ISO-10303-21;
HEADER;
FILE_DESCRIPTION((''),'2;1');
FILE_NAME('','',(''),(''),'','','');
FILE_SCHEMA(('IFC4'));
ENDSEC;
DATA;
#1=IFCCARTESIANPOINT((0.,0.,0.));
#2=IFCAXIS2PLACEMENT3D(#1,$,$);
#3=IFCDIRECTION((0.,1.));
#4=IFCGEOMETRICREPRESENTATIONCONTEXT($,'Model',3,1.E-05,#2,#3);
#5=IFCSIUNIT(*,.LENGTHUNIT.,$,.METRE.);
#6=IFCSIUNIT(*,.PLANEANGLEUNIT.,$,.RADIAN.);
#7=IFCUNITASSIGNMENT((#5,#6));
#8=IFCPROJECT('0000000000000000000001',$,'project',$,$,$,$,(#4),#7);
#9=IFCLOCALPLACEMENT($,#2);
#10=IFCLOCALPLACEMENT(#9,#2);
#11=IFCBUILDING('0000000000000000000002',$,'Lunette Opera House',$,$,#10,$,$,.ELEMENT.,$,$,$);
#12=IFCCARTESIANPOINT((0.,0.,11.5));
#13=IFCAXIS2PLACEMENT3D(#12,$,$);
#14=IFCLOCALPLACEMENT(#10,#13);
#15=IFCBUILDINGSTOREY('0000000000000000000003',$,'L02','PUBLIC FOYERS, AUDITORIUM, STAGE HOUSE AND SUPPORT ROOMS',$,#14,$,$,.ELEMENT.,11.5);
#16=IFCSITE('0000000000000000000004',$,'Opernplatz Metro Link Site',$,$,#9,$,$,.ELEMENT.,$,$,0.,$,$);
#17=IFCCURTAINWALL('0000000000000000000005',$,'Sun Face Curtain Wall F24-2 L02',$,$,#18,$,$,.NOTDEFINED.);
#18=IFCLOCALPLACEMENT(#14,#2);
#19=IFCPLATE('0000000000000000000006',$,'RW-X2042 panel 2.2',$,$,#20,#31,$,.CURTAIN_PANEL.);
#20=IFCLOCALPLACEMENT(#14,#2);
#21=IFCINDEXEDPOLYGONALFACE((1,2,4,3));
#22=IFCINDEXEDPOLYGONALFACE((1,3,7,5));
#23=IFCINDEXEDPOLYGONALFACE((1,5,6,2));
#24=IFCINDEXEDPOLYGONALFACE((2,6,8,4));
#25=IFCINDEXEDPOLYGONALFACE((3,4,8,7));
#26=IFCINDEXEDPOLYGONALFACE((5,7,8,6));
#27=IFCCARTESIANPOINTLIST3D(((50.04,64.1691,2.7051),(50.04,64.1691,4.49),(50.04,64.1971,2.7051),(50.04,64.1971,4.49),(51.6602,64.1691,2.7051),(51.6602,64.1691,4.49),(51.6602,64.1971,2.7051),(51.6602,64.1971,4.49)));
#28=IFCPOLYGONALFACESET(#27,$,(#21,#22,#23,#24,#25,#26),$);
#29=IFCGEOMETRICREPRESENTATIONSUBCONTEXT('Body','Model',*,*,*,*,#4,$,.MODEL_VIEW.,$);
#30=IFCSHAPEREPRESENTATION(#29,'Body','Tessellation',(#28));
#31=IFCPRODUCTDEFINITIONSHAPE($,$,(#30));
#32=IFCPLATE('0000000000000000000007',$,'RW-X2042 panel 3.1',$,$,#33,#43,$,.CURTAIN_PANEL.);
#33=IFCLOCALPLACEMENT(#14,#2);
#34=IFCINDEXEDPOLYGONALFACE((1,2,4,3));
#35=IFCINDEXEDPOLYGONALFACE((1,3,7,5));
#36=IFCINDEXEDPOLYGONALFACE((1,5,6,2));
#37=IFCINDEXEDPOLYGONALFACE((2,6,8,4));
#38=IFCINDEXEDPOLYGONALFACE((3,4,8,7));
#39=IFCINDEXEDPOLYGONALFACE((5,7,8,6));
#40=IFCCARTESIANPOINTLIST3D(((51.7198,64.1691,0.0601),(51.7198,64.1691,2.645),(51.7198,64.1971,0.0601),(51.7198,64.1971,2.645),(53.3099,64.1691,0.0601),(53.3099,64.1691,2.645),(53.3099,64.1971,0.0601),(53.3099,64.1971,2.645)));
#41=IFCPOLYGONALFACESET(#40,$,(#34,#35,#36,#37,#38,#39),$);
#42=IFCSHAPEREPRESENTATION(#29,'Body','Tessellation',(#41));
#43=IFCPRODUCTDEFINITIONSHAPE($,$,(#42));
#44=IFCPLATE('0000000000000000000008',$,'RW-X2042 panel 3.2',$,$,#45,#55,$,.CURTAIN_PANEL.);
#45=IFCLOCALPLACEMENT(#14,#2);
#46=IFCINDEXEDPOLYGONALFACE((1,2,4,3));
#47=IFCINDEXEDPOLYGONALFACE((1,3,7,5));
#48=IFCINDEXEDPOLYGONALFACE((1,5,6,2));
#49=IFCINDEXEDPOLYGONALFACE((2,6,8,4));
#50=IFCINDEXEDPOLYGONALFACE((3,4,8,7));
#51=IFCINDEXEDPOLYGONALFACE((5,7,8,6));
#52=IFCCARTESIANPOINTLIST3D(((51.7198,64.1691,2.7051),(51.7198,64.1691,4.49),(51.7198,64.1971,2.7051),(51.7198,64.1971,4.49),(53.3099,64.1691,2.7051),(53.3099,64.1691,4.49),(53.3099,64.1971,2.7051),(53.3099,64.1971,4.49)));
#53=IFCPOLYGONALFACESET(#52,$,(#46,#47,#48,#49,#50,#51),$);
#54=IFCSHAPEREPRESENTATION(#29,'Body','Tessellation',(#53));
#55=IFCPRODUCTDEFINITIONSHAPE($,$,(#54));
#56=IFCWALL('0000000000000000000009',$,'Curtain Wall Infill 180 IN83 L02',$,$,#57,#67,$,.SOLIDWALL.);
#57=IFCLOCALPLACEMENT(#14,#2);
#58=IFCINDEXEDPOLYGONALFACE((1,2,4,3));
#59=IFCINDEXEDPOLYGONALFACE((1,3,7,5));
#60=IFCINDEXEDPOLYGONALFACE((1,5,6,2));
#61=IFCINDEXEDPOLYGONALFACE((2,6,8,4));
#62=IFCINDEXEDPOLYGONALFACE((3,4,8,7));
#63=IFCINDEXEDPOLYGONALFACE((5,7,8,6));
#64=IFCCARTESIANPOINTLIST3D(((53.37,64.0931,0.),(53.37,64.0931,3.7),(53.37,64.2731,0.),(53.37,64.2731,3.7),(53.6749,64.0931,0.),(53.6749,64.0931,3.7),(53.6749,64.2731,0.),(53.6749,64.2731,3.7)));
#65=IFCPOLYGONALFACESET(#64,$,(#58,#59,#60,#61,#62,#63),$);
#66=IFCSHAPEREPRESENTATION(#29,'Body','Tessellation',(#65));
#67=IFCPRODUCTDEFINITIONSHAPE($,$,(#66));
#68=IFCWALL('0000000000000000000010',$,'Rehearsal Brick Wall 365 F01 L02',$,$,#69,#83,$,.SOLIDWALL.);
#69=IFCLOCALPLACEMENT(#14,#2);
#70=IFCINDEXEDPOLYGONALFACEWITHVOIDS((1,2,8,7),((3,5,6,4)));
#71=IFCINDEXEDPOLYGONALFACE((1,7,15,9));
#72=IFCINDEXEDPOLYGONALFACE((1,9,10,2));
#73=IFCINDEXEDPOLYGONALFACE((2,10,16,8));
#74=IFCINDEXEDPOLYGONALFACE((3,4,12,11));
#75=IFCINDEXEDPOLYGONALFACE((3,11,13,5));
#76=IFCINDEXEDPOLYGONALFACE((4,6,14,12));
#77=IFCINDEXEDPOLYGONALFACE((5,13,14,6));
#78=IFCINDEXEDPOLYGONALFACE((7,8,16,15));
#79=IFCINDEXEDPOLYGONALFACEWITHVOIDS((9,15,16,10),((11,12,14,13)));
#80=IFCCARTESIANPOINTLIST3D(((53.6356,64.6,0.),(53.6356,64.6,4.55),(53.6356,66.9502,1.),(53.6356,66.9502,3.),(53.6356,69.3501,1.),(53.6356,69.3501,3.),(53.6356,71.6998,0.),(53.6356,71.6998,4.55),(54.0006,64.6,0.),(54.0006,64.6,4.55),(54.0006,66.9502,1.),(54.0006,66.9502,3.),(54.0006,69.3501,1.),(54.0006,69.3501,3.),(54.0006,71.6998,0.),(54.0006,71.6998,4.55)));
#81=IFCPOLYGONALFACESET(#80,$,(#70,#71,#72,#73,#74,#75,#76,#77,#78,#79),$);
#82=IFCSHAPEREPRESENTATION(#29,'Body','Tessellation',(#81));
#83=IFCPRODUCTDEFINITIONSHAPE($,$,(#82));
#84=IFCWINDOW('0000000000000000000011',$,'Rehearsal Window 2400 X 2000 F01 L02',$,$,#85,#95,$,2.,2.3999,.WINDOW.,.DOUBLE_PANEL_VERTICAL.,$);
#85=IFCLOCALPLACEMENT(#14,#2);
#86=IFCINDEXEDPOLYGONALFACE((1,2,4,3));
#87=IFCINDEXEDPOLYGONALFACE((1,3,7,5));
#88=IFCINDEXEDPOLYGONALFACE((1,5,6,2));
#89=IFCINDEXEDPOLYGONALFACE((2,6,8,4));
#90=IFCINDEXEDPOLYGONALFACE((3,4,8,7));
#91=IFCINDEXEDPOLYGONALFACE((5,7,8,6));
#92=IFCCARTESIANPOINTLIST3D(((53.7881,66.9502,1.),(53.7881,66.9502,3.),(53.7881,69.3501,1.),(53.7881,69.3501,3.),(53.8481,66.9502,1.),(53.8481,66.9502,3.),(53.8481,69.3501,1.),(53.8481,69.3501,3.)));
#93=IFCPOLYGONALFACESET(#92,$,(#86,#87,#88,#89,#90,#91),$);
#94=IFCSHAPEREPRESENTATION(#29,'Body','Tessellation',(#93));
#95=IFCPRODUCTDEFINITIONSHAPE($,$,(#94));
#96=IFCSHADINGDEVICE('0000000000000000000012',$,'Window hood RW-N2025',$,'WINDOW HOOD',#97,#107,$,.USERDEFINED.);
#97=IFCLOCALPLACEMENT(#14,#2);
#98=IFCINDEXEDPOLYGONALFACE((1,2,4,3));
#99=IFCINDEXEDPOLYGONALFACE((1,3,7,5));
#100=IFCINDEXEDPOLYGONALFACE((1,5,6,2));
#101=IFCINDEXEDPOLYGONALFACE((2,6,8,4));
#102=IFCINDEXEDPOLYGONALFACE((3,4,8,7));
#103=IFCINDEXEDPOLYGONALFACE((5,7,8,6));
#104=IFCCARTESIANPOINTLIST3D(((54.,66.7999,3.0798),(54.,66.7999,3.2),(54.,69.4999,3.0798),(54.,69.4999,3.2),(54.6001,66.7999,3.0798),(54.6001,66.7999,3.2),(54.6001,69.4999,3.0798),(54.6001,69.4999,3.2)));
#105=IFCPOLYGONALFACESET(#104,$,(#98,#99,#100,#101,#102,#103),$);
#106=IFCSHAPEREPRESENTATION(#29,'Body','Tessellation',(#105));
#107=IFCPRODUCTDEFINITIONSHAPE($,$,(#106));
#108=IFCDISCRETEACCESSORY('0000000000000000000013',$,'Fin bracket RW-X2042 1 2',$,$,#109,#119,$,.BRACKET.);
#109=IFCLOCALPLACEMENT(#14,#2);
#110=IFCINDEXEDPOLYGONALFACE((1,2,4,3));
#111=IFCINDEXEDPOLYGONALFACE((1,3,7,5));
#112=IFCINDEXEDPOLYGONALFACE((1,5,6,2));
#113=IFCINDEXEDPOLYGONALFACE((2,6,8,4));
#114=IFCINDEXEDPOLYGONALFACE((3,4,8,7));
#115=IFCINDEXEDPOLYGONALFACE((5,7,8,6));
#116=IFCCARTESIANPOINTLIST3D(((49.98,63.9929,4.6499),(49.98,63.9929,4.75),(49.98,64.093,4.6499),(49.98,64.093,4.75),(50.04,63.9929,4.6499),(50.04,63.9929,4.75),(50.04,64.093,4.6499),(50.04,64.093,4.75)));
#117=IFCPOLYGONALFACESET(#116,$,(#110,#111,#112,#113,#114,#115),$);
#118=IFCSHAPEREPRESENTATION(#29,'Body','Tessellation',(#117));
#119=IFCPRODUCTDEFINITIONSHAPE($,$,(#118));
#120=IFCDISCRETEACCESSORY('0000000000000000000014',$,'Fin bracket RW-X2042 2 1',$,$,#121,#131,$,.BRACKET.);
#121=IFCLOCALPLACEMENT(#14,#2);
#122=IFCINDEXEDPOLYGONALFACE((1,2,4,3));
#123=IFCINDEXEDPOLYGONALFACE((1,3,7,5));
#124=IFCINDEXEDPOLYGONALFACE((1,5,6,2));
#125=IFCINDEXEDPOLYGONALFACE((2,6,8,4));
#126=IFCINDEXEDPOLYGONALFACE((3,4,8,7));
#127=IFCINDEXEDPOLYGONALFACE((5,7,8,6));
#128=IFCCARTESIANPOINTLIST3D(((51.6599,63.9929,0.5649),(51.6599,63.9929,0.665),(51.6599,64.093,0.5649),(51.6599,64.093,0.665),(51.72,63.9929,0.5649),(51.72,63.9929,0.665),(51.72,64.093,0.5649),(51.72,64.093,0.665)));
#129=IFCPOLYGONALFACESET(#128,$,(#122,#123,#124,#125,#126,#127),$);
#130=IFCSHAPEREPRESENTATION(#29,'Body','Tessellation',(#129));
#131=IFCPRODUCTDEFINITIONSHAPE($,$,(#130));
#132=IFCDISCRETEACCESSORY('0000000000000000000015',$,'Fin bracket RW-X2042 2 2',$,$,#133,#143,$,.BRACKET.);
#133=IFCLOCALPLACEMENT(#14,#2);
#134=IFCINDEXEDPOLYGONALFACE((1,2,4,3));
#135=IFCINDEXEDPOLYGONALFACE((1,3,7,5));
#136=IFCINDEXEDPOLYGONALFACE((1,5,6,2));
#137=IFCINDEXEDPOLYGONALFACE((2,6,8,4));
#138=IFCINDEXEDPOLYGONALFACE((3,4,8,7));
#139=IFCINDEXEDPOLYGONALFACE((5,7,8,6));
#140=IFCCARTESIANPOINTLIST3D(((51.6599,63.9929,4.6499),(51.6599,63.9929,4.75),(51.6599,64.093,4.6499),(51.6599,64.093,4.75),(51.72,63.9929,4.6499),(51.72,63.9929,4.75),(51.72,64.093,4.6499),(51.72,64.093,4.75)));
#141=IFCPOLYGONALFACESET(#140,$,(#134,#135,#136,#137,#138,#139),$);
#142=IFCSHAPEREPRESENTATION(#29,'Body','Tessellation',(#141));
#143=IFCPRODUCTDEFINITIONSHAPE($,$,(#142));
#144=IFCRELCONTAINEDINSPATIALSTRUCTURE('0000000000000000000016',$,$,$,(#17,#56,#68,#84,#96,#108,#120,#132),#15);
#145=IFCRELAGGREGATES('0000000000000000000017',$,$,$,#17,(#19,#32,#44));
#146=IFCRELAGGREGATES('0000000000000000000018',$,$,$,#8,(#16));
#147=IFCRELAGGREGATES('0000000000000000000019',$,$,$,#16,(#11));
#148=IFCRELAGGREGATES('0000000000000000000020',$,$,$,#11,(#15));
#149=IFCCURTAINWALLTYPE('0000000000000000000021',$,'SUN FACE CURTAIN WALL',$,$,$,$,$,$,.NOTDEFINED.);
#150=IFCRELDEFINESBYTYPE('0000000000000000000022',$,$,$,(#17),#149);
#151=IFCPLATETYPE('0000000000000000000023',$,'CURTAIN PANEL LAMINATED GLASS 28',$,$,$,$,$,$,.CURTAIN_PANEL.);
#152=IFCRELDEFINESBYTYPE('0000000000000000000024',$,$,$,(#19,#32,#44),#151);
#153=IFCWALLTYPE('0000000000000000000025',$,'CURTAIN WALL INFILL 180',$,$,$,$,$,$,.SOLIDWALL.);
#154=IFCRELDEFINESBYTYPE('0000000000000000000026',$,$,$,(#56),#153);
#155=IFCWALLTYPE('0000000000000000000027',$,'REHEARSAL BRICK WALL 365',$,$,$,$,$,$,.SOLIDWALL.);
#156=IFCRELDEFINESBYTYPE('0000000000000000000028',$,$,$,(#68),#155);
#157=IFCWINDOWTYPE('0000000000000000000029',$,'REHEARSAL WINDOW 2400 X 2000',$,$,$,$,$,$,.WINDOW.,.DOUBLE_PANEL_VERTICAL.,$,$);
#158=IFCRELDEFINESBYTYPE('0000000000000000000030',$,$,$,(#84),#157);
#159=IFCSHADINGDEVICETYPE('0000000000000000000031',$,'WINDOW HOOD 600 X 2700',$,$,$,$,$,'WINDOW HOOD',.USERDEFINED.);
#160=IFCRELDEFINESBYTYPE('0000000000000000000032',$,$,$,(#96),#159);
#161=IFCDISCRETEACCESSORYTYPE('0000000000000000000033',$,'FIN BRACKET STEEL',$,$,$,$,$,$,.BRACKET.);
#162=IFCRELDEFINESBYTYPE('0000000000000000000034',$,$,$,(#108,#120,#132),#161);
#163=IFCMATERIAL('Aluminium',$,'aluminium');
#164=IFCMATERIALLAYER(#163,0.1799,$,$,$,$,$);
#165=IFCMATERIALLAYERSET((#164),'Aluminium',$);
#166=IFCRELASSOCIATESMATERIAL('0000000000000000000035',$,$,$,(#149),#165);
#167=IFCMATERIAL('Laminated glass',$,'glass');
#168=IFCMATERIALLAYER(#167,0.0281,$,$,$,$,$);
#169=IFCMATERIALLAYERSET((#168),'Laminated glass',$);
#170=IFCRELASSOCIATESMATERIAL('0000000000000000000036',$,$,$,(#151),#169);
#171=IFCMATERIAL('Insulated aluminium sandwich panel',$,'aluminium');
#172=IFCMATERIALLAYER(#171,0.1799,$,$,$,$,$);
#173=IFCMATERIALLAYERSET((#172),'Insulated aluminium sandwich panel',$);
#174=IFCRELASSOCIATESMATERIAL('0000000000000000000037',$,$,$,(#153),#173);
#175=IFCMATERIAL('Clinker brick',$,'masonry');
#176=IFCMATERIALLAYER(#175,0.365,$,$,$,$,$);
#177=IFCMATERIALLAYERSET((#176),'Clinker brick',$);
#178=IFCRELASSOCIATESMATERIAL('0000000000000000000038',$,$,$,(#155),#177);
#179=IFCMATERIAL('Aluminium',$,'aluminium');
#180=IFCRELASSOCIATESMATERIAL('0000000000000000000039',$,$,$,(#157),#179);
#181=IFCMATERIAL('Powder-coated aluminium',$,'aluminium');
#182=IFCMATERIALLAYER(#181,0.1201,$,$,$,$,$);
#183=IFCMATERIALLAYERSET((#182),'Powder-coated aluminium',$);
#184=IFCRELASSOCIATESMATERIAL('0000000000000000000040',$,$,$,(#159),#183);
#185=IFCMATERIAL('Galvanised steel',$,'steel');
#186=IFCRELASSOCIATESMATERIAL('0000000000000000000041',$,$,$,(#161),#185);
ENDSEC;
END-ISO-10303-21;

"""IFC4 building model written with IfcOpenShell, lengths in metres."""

from ifc_helpers import new_model, si_unit, direction, frame, frame_2d, origin, origin_2d, place, context, subcontext, project, spatial, rectangle, extrude, material, layer, layer_set, type_object, element, fill, aggregate, save


model = new_model("IFC4")

# Units and contexts
model_context = context("Model", 3, precision=1e-05, world=origin(), true_north=direction((0.0, 1.0)))
body_context = subcontext(model_context, "Body", "Model", "MODEL_VIEW")
ifc_project = project(units=[si_unit("LENGTHUNIT", "METRE"), si_unit("PLANEANGLEUNIT", "RADIAN")], contexts=[model_context])

# Site, building, storey
site_placement = place(None, origin())
site = spatial("IfcSite", under=ifc_project, at=site_placement, Name="Opernplatz Metro Link Site", CompositionType="ELEMENT", RefElevation=0.0)
building_placement = place(site_placement, origin())
building = spatial("IfcBuilding", under=site, at=building_placement, Name="Lunette Opera House", CompositionType="ELEMENT")
storey_placement = place(building_placement, frame((0.0, 0.0, 11.5)))
storey = spatial("IfcBuildingStorey", under=building, at=storey_placement, Name="L02", Description="PUBLIC FOYERS, AUDITORIUM, STAGE HOUSE AND SUPPORT ROOMS", CompositionType="ELEMENT", Elevation=11.5)

# Curtain wall
ifc_material_1 = material(Name="Aluminium", Category="aluminium")
ifc_layer_1 = layer(ifc_material_1, 0.1799)
ifc_layer_set_1 = layer_set([ifc_layer_1], Name="Aluminium")
curtain_wall_type = type_object("IfcCurtainWallType", Name="SUN FACE CURTAIN WALL", PredefinedType="NOTDEFINED", material=ifc_layer_set_1)
curtain_wall_placement = place(storey_placement, origin())
curtain_wall = element("IfcCurtainWall", 1, at=curtain_wall_placement, inside=storey, type_object=curtain_wall_type, Name="Sun Face Curtain Wall F24-2 L02", PredefinedType="NOTDEFINED")

# Plates
ifc_material_2 = material(Name="Laminated glass", Category="glass")
ifc_layer_2 = layer(ifc_material_2, 0.0281)
ifc_layer_set_2 = layer_set([ifc_layer_2], Name="Laminated glass")
plate_type = type_object("IfcPlateType", Name="CURTAIN PANEL LAMINATED GLASS 28", PredefinedType="CURTAIN_PANEL", material=ifc_layer_set_2)
plate_1_placement = place(storey_placement, frame((50.8501, 64.1831, 2.7051), z_axis=(0.0, 0.0, 1.0), x_axis=(1.0, 0.0, 0.0)))
plate_1 = element("IfcPlate", 2, at=plate_1_placement, type_object=plate_type, Name="RW-X2042 panel 2.2", PredefinedType="CURTAIN_PANEL", context=body_context, shape_type="SweptSolid", body=[
    extrude(rectangle(XDim=1.6201, YDim=0.0281, at=origin_2d()), origin(), (0.0, 0.0, 1.0), 1.7849),
])
plate_2_placement = place(storey_placement, frame((52.5149, 64.1831, 0.0601), z_axis=(0.0, 0.0, 1.0), x_axis=(1.0, 0.0, 0.0)))
plate_2 = element("IfcPlate", 3, at=plate_2_placement, type_object=plate_type, Name="RW-X2042 panel 3.1", PredefinedType="CURTAIN_PANEL", context=body_context, shape_type="SweptSolid", body=[
    extrude(rectangle(XDim=1.5901, YDim=0.0281, at=origin_2d()), origin(), (0.0, 0.0, 1.0), 2.585),
])
plate_3_placement = place(storey_placement, frame((52.5149, 64.1831, 2.7051), z_axis=(0.0, 0.0, 1.0), x_axis=(1.0, 0.0, 0.0)))
plate_3 = element("IfcPlate", 4, at=plate_3_placement, type_object=plate_type, Name="RW-X2042 panel 3.2", PredefinedType="CURTAIN_PANEL", context=body_context, shape_type="SweptSolid", body=[
    extrude(rectangle(XDim=1.5901, YDim=0.0281, at=origin_2d()), origin(), (0.0, 0.0, 1.0), 1.7849),
])
aggregate(curtain_wall, [plate_1, plate_2, plate_3])

# Wall
ifc_material_3 = material(Name="Insulated aluminium sandwich panel", Category="aluminium")
ifc_layer_3 = layer(ifc_material_3, 0.1799)
ifc_layer_set_3 = layer_set([ifc_layer_3], Name="Insulated aluminium sandwich panel")
wall_type_1 = type_object("IfcWallType", Name="CURTAIN WALL INFILL 180", PredefinedType="SOLIDWALL", material=ifc_layer_set_3)
wall_1_placement = place(storey_placement, frame((53.3701, 64.1831, 0.0), z_axis=(0.0, 0.0, 1.0), x_axis=(1.0, 0.0, 0.0)))
element("IfcWall", 5, at=wall_1_placement, inside=storey, type_object=wall_type_1, Name="Curtain Wall Infill 180 IN83 L02", PredefinedType="SOLIDWALL", context=body_context, shape_type="SweptSolid", body=[
    extrude(rectangle(XDim=0.3049, YDim=0.1799, at=frame_2d((0.1523, 0.0))), origin(), (0.0, 0.0, 1.0), 3.7),
])

# Wall, opening, window
ifc_material_4 = material(Name="Clinker brick", Category="masonry")
ifc_layer_4 = layer(ifc_material_4, 0.365)
ifc_layer_set_4 = layer_set([ifc_layer_4], Name="Clinker brick")
wall_type_2 = type_object("IfcWallType", Name="REHEARSAL BRICK WALL 365", PredefinedType="SOLIDWALL", material=ifc_layer_set_4)
wall_2_placement = place(storey_placement, frame((53.8181, 64.6001, 0.0), z_axis=(0.0, 0.0, 1.0), x_axis=(0.0, 1.0, 0.0)))
wall_2 = element("IfcWall", 6, at=wall_2_placement, inside=storey, type_object=wall_type_2, Name="Rehearsal Brick Wall 365 F01 L02", PredefinedType="SOLIDWALL", context=body_context, shape_type="SweptSolid", body=[
    extrude(rectangle(XDim=7.0999, YDim=0.365, at=frame_2d((3.5498, 0.0))), origin(), (0.0, 0.0, 1.0), 4.55),
])
opening_placement = place(wall_2_placement, frame((2.3501, 0.0, 1.0)))
opening = element("IfcOpeningElement", 7, at=opening_placement, cuts=wall_2, PredefinedType="OPENING", context=body_context, shape_type="SweptSolid", body=[
    extrude(rectangle(XDim=2.3999, YDim=2.0, at=frame_2d((1.2, 1.0))), frame((0.0, 0.1946, 0.0), z_axis=(0.0, -1.0, 0.0), x_axis=(1.0, 0.0, 0.0)), (0.0, 0.0, 1.0), 0.3889),
])
ifc_material_5 = material(Name="Aluminium", Category="aluminium")
window_type = type_object("IfcWindowType", Name="REHEARSAL WINDOW 2400 X 2000", PartitioningType="DOUBLE_PANEL_VERTICAL", PredefinedType="WINDOW", material=ifc_material_5)
window_placement = place(opening_placement, origin())
window = element("IfcWindow", 8, at=window_placement, inside=storey, type_object=window_type, Name="Rehearsal Window 2400 X 2000 F01 L02", OverallHeight=2.0, OverallWidth=2.3999, PartitioningType="DOUBLE_PANEL_VERTICAL", PredefinedType="WINDOW", context=body_context, shape_type="SweptSolid", body=[
    extrude(rectangle(XDim=2.3999, YDim=2.0, at=frame_2d((1.2, 1.0))), frame((0.0, 0.03, 0.0), z_axis=(0.0, -1.0, 0.0), x_axis=(1.0, 0.0, 0.0)), (0.0, 0.0, 1.0), 0.0601),
])
fill(opening, window)

# Shading device
ifc_material_6 = material(Name="Powder-coated aluminium", Category="aluminium")
ifc_layer_5 = layer(ifc_material_6, 0.1201)
ifc_layer_set_5 = layer_set([ifc_layer_5], Name="Powder-coated aluminium")
shading_device_type = type_object("IfcShadingDeviceType", Name="WINDOW HOOD 600 X 2700", ElementType="WINDOW HOOD", PredefinedType="USERDEFINED", material=ifc_layer_set_5)
shading_device_placement = place(storey_placement, frame((54.3, 68.1499, 3.0798), z_axis=(0.0, 0.0, 1.0), x_axis=(1.0, 0.0, 0.0)))
element("IfcShadingDevice", 9, at=shading_device_placement, inside=storey, type_object=shading_device_type, Name="Window hood RW-N2025", ObjectType="WINDOW HOOD", PredefinedType="USERDEFINED", context=body_context, shape_type="SweptSolid", body=[
    extrude(rectangle(XDim=0.6001, YDim=2.7, at=origin_2d()), origin(), (0.0, 0.0, 1.0), 0.1201),
])

# Discrete accessories
ifc_material_7 = material(Name="Galvanised steel", Category="steel")
discrete_accessory_type = type_object("IfcDiscreteAccessoryType", Name="FIN BRACKET STEEL", PredefinedType="BRACKET", material=ifc_material_7)
for number, where, z_axis, x_axis, name in (
    (10, (50.01, 64.043, 4.6499), (0.0, 0.0, 1.0), (0.0, -1.0, 0.0), "Fin bracket RW-X2042 1 2"),
    (11, (51.6899, 64.043, 0.5649), (0.0, 0.0, 1.0), (0.0, -1.0, 0.0), "Fin bracket RW-X2042 2 1"),
    (12, (51.6899, 64.043, 4.6499), (0.0, 0.0, 1.0), (0.0, -1.0, 0.0), "Fin bracket RW-X2042 2 2"),
):
    element("IfcDiscreteAccessory", number, at=place(storey_placement, frame(where, z_axis=z_axis, x_axis=x_axis)), inside=storey, type_object=discrete_accessory_type, Name=name, PredefinedType="BRACKET", context=body_context, shape_type="SweptSolid", body=[
        extrude(rectangle(XDim=0.1001, YDim=0.0601, at=origin_2d()), origin(), (0.0, 0.0, 1.0), 0.1001),
    ])

save(model, "model.ifc")
